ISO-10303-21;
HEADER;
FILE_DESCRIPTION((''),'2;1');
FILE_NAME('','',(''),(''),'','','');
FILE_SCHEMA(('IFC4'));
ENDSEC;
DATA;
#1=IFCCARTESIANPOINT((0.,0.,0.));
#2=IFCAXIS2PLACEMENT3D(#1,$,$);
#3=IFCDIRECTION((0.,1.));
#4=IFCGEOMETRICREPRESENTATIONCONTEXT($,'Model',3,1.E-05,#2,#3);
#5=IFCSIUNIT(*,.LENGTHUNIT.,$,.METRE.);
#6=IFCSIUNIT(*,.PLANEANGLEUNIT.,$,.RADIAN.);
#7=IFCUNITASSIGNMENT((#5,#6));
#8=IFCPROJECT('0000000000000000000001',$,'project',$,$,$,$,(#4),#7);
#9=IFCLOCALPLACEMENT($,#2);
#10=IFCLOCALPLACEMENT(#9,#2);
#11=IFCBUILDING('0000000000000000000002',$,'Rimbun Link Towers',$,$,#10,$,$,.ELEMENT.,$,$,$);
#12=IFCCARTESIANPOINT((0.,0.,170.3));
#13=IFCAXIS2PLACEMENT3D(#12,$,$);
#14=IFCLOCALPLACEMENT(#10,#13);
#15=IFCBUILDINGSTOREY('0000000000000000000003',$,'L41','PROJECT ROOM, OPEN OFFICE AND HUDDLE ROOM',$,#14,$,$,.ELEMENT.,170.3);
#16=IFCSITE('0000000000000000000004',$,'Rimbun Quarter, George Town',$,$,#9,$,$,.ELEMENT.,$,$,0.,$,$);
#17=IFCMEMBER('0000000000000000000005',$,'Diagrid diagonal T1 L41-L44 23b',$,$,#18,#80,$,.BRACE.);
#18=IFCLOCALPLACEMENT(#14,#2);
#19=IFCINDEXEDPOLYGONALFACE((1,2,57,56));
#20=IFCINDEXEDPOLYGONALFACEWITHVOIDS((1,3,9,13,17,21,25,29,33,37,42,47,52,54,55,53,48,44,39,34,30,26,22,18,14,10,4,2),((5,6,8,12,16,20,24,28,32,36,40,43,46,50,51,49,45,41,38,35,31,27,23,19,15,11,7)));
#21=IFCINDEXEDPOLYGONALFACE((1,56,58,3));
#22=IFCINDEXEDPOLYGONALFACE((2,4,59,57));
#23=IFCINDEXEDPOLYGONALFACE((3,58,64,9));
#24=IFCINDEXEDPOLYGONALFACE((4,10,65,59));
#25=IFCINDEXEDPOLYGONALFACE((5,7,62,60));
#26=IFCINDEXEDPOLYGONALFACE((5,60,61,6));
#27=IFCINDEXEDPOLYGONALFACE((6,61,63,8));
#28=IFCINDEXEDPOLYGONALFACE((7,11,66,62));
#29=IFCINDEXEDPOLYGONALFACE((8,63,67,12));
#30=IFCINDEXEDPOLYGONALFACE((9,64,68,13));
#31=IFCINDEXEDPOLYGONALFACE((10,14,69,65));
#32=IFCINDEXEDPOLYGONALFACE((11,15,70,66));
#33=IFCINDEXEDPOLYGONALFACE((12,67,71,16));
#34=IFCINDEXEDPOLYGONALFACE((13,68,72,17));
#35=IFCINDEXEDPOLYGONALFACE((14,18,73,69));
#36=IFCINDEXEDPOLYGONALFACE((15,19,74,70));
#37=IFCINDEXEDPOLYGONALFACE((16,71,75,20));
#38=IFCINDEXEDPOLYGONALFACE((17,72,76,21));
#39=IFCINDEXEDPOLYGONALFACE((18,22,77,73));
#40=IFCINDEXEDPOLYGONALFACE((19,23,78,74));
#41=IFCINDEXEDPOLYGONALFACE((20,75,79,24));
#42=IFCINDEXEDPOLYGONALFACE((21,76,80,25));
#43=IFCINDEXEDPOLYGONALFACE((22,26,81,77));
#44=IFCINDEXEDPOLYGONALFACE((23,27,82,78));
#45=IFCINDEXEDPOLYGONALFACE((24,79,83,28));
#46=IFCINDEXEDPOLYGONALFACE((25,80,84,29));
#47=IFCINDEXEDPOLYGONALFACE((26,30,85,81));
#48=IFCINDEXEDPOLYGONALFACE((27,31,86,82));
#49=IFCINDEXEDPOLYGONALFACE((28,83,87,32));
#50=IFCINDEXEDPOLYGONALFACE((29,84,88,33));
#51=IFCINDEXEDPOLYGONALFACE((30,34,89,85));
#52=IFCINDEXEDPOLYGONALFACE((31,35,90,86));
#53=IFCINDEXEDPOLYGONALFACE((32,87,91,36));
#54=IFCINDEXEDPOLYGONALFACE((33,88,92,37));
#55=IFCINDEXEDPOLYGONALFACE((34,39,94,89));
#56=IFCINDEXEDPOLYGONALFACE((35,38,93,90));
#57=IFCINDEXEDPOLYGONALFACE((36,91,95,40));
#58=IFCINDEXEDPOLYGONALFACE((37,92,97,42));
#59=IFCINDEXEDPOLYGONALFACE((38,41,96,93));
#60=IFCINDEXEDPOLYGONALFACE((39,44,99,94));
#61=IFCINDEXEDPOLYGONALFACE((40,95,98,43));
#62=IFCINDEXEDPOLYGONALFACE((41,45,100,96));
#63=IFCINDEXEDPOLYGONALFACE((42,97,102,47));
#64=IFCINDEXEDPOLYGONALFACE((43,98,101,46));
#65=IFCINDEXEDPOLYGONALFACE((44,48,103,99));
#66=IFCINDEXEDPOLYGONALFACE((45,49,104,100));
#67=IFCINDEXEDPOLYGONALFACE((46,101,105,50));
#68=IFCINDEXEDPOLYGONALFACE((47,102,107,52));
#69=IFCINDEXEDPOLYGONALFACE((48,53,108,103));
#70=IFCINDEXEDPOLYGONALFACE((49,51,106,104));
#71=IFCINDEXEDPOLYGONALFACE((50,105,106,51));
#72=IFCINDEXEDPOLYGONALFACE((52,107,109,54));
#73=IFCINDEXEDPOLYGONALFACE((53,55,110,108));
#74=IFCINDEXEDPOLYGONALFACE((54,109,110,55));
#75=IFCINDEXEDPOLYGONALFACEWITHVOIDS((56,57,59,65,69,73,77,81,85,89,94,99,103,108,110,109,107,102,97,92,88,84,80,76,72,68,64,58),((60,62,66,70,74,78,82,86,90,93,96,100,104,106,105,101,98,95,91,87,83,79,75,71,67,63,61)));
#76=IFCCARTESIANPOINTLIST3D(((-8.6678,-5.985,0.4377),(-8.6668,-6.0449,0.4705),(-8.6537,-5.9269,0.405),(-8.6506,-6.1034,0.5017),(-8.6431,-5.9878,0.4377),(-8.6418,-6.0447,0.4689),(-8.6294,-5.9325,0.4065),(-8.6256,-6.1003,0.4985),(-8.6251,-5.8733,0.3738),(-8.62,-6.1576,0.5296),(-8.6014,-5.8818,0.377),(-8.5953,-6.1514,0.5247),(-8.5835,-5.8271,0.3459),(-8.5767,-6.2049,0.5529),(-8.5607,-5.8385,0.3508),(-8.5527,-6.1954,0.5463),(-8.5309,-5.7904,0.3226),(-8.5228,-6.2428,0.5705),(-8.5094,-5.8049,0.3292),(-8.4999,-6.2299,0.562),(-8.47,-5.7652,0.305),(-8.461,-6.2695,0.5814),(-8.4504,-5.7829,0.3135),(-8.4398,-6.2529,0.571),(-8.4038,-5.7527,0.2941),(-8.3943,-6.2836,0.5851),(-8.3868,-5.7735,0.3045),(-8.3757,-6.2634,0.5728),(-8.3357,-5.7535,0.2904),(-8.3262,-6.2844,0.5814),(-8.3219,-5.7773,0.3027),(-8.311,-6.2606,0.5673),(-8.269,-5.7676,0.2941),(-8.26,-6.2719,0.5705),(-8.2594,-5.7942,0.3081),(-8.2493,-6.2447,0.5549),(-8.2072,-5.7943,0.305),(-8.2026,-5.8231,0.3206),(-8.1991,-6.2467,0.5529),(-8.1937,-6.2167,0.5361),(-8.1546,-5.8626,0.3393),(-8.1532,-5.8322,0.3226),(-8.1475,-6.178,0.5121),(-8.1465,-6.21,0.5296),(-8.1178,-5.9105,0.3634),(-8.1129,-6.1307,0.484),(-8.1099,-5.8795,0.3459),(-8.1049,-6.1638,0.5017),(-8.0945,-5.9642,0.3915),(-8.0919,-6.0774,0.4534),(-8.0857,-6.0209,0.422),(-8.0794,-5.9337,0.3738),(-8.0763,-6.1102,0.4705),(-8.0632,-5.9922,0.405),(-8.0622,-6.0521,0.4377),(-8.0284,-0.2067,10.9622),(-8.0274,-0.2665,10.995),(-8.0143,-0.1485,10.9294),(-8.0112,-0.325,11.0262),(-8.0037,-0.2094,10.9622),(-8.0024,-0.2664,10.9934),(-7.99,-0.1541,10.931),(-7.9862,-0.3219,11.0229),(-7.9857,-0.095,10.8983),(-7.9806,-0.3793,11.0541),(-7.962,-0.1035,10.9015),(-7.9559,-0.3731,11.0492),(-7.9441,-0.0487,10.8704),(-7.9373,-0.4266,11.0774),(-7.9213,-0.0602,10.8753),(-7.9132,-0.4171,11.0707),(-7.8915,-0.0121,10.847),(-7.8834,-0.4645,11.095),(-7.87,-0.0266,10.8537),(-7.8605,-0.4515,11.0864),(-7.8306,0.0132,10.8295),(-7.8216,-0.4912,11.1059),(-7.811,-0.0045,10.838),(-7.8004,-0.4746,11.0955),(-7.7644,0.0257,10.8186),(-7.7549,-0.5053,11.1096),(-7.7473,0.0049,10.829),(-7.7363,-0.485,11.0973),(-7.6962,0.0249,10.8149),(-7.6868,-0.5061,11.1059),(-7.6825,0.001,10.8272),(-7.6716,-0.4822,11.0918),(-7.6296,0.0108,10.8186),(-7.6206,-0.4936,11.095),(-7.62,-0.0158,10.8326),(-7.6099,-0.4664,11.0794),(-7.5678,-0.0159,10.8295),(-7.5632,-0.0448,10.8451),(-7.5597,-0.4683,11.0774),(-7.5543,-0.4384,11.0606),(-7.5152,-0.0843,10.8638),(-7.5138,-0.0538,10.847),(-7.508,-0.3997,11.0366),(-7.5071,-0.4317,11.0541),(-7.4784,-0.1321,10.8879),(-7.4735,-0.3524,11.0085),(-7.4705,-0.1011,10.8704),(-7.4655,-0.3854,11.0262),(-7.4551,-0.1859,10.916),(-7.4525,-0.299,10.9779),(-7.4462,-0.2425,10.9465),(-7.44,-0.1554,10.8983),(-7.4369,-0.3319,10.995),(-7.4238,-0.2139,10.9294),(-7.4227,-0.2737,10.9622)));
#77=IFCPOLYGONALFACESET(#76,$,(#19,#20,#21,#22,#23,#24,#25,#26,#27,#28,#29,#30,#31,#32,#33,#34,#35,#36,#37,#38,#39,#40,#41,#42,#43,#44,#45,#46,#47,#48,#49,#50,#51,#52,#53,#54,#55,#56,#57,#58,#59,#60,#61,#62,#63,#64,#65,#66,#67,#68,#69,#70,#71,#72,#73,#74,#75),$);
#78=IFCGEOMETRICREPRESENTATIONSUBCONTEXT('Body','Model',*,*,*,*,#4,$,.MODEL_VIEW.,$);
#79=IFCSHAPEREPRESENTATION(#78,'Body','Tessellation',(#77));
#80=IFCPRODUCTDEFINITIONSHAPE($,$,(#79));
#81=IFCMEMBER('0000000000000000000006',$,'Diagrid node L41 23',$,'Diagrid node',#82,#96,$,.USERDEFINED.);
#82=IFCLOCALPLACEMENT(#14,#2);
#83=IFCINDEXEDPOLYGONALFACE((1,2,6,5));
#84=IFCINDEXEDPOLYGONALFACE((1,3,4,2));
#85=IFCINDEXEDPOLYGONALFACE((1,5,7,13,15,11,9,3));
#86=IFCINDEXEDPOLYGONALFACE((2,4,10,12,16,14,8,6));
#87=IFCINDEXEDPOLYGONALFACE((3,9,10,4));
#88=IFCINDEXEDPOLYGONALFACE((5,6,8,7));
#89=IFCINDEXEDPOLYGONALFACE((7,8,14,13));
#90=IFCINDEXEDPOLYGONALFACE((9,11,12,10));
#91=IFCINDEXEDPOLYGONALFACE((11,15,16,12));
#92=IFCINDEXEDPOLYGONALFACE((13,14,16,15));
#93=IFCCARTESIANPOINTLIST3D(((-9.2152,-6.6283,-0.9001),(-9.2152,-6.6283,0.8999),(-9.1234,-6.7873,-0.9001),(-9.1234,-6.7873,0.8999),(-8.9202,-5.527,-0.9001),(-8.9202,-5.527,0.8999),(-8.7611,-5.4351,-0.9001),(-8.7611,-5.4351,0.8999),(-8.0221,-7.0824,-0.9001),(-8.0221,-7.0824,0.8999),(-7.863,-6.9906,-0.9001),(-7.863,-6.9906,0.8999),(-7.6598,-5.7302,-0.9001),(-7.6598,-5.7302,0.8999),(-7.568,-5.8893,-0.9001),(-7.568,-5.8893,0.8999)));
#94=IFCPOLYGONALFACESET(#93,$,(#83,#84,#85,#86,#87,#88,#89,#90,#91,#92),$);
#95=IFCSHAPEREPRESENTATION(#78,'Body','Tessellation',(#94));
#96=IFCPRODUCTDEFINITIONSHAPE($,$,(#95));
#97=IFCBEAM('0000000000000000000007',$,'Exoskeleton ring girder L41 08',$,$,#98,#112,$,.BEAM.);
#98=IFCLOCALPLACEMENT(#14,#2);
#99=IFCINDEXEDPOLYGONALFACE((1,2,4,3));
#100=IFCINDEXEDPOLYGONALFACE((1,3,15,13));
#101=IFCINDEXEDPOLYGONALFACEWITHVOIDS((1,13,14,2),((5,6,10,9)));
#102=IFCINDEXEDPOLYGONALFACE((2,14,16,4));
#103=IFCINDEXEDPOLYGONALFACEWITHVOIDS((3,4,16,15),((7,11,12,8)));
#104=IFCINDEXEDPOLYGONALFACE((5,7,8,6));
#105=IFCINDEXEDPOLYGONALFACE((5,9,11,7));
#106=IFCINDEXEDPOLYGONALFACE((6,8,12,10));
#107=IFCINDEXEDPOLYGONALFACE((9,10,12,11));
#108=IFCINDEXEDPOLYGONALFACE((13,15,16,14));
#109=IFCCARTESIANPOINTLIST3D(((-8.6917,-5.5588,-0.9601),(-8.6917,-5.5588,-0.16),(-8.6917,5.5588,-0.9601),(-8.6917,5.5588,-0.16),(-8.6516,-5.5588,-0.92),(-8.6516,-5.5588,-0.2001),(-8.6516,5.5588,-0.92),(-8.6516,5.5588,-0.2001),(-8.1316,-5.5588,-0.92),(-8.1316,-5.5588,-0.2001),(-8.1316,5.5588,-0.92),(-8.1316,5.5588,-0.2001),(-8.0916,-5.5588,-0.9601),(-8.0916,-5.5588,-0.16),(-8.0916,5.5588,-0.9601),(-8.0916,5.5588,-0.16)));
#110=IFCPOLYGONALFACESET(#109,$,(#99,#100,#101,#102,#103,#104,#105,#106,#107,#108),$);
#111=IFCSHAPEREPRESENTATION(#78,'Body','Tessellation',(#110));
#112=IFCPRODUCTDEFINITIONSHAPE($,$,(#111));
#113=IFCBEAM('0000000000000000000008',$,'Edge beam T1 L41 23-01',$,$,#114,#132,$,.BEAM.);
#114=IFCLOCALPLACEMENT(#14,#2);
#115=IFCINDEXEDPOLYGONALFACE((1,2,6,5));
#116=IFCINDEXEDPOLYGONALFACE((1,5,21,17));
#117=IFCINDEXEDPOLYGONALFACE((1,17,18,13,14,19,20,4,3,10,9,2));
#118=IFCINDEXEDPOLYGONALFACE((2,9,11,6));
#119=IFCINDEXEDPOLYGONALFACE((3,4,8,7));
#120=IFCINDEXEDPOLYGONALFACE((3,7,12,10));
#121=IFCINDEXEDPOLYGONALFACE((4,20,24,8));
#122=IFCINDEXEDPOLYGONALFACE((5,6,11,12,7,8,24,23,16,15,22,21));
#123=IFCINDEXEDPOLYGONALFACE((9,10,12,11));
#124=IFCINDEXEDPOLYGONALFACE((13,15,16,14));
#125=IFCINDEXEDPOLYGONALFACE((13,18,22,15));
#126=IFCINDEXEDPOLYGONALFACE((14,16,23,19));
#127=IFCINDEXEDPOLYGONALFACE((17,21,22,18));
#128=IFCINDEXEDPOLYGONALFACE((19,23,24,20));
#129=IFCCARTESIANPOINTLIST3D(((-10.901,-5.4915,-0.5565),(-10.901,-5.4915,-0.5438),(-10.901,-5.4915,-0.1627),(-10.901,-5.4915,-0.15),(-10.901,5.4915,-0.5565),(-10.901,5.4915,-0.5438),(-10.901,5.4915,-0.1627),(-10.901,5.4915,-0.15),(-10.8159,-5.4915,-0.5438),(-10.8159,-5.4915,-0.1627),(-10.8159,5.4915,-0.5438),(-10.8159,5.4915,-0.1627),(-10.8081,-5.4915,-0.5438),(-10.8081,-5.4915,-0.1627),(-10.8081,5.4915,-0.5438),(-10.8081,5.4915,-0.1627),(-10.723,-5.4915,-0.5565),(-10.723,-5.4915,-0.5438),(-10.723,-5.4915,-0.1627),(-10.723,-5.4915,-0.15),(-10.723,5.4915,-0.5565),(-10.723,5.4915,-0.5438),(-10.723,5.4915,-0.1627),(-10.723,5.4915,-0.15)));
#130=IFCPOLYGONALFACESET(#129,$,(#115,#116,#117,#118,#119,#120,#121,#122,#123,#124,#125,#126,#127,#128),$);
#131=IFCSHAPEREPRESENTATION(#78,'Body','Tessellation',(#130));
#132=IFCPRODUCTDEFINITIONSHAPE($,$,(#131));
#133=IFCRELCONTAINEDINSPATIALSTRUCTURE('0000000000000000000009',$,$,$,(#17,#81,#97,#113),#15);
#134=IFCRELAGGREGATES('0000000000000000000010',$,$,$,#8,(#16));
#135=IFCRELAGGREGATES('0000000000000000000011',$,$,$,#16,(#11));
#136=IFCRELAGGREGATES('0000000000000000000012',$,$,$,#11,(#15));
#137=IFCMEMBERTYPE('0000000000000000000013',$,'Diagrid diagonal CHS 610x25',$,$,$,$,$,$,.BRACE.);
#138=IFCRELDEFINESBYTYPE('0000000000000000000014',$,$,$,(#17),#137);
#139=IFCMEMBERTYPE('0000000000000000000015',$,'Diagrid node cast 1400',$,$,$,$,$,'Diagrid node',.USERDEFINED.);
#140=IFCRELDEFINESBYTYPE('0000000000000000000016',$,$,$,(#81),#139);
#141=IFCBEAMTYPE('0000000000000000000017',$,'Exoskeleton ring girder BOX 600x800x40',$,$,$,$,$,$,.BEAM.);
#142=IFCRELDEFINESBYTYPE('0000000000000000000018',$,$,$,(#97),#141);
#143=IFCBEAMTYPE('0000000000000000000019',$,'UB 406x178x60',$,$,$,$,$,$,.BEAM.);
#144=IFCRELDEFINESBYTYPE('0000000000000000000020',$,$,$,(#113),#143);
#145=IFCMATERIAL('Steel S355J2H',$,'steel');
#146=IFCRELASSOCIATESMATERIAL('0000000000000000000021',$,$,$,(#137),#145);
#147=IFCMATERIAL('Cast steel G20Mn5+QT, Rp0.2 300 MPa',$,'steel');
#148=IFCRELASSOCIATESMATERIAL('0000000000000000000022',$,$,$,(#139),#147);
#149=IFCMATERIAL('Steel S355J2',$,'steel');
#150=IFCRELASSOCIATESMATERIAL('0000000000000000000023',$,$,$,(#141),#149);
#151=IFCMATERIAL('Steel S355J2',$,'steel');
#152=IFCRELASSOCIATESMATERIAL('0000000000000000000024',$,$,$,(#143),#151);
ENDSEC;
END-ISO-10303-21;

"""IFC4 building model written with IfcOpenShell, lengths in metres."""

from ifc_helpers import new_model, si_unit, direction, frame, origin, origin_2d, place, context, subcontext, project, spatial, polyline, hollow_rectangle, hollow_circle, i_section, outline, extrude, material, material_profile, profile_set, type_object, element, save


model = new_model("IFC4")

# Units and contexts
model_context = context("Model", 3, precision=1e-05, world=origin(), true_north=direction((0.0, 1.0)))
body_context = subcontext(model_context, "Body", "Model", "MODEL_VIEW")
ifc_project = project(units=[si_unit("LENGTHUNIT", "METRE"), si_unit("PLANEANGLEUNIT", "RADIAN")], contexts=[model_context])

# Site, building, storey
site_placement = place(None, origin())
site = spatial("IfcSite", under=ifc_project, at=site_placement, Name="Rimbun Quarter, George Town", CompositionType="ELEMENT", RefElevation=0.0)
building_placement = place(site_placement, origin())
building = spatial("IfcBuilding", under=site, at=building_placement, Name="Rimbun Link Towers", CompositionType="ELEMENT")
storey_placement = place(building_placement, frame((0.0, 0.0, 170.3)))
storey = spatial("IfcBuildingStorey", under=building, at=storey_placement, Name="L41", Description="PROJECT ROOM, OPEN OFFICE AND HUDDLE ROOM", CompositionType="ELEMENT", Elevation=170.3)

# Members
ifc_material_1 = material(Name="Steel S355J2H", Category="steel")
ifc_material_profile_1 = material_profile(ifc_material_1, hollow_circle(Radius=0.3047, WallThickness=0.0249, at=origin_2d()), Name="Diagrid diagonal CHS 610x25")
ifc_profile_set_1 = profile_set([ifc_material_profile_1], Name="Steel S355J2H")
member_type_1 = type_object("IfcMemberType", Name="Diagrid diagonal CHS 610x25", PredefinedType="BRACE", material=ifc_profile_set_1)
member_1_placement = place(storey_placement, frame((-8.365, -6.0186, 0.4377), z_axis=(0.05318, 0.480591, 0.875331), x_axis=(-0.993933, 0.109984, 0.0)))
element("IfcMember", 1, at=member_1_placement, inside=storey, type_object=member_type_1, Name="Diagrid diagonal T1 L41-L44 23b", PredefinedType="BRACE", context=body_context, shape_type="SweptSolid", body=[
    extrude(hollow_circle(Radius=0.3047, WallThickness=0.0249, at=origin_2d()), origin(), (0.0, 0.0, 1.0), 12.0234),
])
ifc_material_2 = material(Name="Cast steel G20Mn5+QT, Rp0.2 300 MPa", Category="steel")
ifc_material_profile_2 = material_profile(ifc_material_2, outline(polyline([(0.7, -0.5701), (0.7, 0.5701), (0.5701, 0.7), (-0.5701, 0.7), (-0.7, 0.5701), (-0.7, -0.5701), (-0.5701, -0.7), (0.5701, -0.7), (0.7, -0.5701)])), Name="NODE 1400x1400")
ifc_profile_set_2 = profile_set([ifc_material_profile_2], Name="Cast steel G20Mn5+QT, Rp0.2 300 MPa")
member_type_2 = type_object("IfcMemberType", Name="Diagrid node cast 1400", ElementType="Diagrid node", PredefinedType="USERDEFINED", material=ifc_profile_set_2)
member_2_placement = place(storey_placement, frame((-8.3916, -6.2588, -0.9001), z_axis=(0.0, 0.0, 1.0), x_axis=(0.965926, -0.258819, 0.0)))
element("IfcMember", 2, at=member_2_placement, inside=storey, type_object=member_type_2, Name="Diagrid node L41 23", ObjectType="Diagrid node", PredefinedType="USERDEFINED", context=body_context, shape_type="SweptSolid", body=[
    extrude(outline(polyline([(0.7, -0.5701), (0.7, 0.5701), (0.5701, 0.7), (-0.5701, 0.7), (-0.7, 0.5701), (-0.7, -0.5701), (-0.5701, -0.7), (0.5701, -0.7), (0.7, -0.5701)])), origin(), (0.0, 0.0, 1.0), 1.8),
])

# Beams
ifc_material_3 = material(Name="Steel S355J2", Category="steel")
ifc_material_profile_3 = material_profile(ifc_material_3, hollow_rectangle(XDim=0.6001, YDim=0.8, WallThickness=0.04, at=origin_2d()), Name="Exoskeleton ring girder BOX 600x800x40")
ifc_profile_set_3 = profile_set([ifc_material_profile_3], Name="Steel S355J2")
beam_type_1 = type_object("IfcBeamType", Name="Exoskeleton ring girder BOX 600x800x40", PredefinedType="BEAM", material=ifc_profile_set_3)
beam_1_placement = place(storey_placement, frame((-8.3916, -5.5588, -0.5601), z_axis=(0.0, 1.0, 0.0), x_axis=(-1.0, 0.0, 0.0)))
element("IfcBeam", 3, at=beam_1_placement, inside=storey, type_object=beam_type_1, Name="Exoskeleton ring girder L41 08", PredefinedType="BEAM", context=body_context, shape_type="SweptSolid", body=[
    extrude(hollow_rectangle(XDim=0.6001, YDim=0.8, WallThickness=0.04, at=origin_2d()), origin(), (0.0, 0.0, 1.0), 11.1177),
])
ifc_material_4 = material(Name="Steel S355J2", Category="steel")
ifc_material_profile_4 = material_profile(ifc_material_4, i_section(OverallWidth=0.178, OverallDepth=0.4065, WebThickness=0.0078, FlangeThickness=0.0127, at=origin_2d()), Name="UB 406x178x60")
ifc_profile_set_4 = profile_set([ifc_material_profile_4], Name="Steel S355J2")
beam_type_2 = type_object("IfcBeamType", Name="UB 406x178x60", PredefinedType="BEAM", material=ifc_profile_set_4)
beam_2_placement = place(storey_placement, frame((-10.812, -5.4915, -0.3533), z_axis=(0.0, 1.0, 0.0), x_axis=(-1.0, 0.0, 0.0)))
element("IfcBeam", 4, at=beam_2_placement, inside=storey, type_object=beam_type_2, Name="Edge beam T1 L41 23-01", PredefinedType="BEAM", context=body_context, shape_type="SweptSolid", body=[
    extrude(i_section(OverallWidth=0.178, OverallDepth=0.4065, WebThickness=0.0078, FlangeThickness=0.0127, at=origin_2d()), origin(), (0.0, 0.0, 1.0), 10.9829),
])

save(model, "model.ifc")
